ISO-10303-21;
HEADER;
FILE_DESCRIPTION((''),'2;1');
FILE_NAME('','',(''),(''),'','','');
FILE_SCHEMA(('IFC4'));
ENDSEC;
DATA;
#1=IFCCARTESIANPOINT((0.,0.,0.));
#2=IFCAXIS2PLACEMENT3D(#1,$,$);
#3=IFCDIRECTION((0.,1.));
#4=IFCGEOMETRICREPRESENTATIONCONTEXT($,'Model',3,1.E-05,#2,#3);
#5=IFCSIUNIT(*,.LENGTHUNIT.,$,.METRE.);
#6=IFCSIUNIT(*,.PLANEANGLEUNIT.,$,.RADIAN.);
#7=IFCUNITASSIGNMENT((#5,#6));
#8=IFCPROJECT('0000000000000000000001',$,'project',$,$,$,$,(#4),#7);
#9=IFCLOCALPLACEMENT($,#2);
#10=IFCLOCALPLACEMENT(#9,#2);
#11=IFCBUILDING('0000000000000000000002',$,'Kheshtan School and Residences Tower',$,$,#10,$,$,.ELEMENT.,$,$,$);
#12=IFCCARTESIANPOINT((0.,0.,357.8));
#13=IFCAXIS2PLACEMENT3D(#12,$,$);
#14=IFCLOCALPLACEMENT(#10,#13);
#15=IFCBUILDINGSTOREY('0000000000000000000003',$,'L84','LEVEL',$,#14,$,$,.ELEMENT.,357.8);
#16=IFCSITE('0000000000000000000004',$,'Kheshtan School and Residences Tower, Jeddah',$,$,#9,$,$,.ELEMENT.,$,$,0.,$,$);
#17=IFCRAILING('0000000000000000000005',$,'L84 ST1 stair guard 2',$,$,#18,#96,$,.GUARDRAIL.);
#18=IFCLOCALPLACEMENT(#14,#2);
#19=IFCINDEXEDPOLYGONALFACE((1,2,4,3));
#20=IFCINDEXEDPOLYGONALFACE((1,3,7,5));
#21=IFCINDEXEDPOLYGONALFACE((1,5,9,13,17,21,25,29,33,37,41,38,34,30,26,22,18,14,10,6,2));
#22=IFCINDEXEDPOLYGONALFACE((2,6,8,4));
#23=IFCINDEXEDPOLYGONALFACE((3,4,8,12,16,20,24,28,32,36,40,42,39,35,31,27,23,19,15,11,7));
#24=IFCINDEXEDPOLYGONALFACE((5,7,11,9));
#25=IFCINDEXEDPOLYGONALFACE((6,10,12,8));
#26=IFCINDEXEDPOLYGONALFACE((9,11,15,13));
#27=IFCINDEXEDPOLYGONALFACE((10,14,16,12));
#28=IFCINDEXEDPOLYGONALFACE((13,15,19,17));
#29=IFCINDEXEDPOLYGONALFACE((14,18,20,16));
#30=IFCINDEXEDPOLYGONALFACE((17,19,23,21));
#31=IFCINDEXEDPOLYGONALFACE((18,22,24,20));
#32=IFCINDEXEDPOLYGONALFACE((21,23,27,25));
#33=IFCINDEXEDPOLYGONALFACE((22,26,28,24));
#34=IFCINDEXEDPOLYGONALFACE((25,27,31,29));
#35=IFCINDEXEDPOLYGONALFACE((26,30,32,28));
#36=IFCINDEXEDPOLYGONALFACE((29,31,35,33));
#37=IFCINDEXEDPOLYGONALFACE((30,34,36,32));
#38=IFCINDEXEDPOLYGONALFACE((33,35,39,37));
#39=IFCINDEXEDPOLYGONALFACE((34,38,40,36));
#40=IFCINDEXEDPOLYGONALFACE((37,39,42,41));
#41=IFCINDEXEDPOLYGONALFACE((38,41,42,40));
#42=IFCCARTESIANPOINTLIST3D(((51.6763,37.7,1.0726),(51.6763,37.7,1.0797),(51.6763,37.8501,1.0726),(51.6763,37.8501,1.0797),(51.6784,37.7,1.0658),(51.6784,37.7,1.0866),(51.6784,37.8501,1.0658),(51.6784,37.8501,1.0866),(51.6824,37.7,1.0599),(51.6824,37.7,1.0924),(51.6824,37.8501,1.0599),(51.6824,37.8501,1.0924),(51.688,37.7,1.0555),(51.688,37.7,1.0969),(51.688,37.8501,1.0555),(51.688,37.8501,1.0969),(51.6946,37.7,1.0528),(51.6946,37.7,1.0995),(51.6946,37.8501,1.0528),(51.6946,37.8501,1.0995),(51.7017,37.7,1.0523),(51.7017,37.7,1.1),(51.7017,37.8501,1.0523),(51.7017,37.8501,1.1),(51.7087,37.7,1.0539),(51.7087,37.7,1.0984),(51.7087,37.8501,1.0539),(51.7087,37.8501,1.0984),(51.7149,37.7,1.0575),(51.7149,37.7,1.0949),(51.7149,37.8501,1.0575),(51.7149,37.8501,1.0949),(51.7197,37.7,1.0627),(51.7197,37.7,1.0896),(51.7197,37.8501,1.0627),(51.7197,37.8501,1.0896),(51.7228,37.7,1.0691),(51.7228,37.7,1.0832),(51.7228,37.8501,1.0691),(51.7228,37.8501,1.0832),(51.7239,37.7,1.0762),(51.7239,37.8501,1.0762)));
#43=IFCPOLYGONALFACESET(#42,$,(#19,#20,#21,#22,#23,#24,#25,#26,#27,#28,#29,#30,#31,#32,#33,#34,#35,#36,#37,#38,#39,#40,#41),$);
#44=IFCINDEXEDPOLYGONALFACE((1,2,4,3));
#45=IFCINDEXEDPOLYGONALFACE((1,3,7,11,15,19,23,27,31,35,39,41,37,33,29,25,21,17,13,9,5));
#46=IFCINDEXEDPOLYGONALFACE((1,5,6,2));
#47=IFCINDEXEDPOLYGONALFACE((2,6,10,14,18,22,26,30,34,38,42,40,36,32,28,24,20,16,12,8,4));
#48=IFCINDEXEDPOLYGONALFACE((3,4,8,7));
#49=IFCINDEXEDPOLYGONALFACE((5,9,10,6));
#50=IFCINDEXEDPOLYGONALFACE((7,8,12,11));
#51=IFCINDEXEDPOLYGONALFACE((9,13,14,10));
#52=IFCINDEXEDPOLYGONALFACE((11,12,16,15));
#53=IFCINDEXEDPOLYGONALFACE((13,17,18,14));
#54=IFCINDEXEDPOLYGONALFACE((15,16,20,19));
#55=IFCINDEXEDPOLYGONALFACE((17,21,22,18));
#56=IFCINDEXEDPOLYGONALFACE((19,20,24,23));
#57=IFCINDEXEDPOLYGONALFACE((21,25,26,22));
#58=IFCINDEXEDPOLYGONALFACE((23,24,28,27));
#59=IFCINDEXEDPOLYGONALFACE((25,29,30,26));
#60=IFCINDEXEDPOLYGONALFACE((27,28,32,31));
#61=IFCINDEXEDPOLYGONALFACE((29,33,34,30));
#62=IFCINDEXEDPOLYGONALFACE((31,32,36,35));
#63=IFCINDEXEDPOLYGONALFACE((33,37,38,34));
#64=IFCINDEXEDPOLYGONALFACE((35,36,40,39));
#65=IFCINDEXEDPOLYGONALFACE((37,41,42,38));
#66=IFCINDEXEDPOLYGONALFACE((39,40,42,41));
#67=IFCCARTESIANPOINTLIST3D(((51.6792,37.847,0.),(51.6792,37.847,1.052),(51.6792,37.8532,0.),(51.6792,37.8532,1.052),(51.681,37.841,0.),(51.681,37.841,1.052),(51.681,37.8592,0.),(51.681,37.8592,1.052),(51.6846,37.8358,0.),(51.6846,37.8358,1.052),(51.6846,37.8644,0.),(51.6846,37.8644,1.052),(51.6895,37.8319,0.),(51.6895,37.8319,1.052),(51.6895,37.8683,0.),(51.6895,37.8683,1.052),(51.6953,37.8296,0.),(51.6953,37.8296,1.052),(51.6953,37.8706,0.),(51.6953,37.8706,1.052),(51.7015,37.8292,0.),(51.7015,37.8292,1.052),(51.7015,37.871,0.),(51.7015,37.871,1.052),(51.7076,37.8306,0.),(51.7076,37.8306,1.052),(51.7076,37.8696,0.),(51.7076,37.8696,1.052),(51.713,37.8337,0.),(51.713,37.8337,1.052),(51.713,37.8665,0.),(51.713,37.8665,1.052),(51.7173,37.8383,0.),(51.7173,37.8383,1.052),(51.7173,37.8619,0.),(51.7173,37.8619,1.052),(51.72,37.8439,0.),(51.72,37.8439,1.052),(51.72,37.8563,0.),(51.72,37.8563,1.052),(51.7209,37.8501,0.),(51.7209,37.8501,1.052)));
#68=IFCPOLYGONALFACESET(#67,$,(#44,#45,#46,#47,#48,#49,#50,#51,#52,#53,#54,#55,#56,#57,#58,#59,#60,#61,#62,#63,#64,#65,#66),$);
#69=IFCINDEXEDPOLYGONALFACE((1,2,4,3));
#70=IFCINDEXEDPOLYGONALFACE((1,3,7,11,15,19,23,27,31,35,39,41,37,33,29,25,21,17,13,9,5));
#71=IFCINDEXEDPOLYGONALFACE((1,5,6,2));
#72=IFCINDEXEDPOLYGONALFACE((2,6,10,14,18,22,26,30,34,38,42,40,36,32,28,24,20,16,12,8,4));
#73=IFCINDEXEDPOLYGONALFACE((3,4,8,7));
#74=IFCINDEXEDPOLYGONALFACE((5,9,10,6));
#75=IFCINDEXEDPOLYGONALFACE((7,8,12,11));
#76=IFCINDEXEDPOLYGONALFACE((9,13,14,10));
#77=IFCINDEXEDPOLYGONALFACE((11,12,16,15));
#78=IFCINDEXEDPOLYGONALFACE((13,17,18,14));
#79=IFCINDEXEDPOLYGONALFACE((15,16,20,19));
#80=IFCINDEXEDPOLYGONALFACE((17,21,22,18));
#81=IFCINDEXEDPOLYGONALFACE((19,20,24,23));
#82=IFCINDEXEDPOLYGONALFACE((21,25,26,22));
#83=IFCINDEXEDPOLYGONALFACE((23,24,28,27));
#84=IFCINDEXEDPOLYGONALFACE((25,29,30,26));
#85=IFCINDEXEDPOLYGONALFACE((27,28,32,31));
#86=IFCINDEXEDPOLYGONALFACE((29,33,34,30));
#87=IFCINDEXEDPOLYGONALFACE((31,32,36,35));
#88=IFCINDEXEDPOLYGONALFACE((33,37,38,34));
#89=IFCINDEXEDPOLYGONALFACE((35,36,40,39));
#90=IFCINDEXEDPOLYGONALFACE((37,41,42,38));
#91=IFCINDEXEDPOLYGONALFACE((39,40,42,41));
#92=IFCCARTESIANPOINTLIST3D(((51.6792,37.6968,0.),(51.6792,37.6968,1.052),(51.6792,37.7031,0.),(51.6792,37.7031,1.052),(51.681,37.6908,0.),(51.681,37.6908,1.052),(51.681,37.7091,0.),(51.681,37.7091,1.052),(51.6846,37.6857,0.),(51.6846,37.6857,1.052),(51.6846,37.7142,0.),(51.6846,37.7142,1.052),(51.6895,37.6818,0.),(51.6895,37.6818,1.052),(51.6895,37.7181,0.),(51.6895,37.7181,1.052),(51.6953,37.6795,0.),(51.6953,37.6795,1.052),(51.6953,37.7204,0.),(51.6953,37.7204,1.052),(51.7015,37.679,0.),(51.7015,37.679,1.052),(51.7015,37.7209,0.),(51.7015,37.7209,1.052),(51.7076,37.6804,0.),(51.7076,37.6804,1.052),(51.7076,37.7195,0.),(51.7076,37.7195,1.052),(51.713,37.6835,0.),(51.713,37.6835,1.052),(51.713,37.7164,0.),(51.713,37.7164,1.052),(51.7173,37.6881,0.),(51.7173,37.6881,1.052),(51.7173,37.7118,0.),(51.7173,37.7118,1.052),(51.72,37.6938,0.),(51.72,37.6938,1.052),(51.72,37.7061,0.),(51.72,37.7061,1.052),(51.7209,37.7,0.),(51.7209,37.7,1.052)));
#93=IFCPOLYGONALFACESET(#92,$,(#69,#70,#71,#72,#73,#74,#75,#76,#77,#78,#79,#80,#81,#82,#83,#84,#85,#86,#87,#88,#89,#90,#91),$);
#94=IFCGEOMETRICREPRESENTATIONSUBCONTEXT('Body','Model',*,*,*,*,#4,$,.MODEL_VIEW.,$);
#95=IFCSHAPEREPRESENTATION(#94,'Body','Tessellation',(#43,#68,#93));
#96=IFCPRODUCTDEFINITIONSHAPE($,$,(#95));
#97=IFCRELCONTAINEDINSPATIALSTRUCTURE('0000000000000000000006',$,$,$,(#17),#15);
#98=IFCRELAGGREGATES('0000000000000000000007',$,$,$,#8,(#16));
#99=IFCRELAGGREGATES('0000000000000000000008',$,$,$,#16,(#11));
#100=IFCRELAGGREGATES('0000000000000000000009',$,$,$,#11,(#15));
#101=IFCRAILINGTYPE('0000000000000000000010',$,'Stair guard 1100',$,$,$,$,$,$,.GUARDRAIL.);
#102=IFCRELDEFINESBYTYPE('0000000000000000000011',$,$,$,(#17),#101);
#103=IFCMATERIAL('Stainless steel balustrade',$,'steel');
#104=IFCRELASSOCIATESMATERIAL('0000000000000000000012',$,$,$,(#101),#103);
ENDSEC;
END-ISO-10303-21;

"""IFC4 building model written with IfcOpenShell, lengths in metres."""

from ifc_helpers import new_model, si_unit, direction, frame, origin, origin_2d, place, context, subcontext, project, spatial, circle, extrude, material, type_object, element, save


model = new_model("IFC4")

# Units and contexts
model_context = context("Model", 3, precision=1e-05, world=origin(), true_north=direction((0.0, 1.0)))
body_context = subcontext(model_context, "Body", "Model", "MODEL_VIEW")
ifc_project = project(units=[si_unit("LENGTHUNIT", "METRE"), si_unit("PLANEANGLEUNIT", "RADIAN")], contexts=[model_context])

# Site, building, storey
site_placement = place(None, origin())
site = spatial("IfcSite", under=ifc_project, at=site_placement, Name="Kheshtan School and Residences Tower, Jeddah", CompositionType="ELEMENT", RefElevation=0.0)
building_placement = place(site_placement, origin())
building = spatial("IfcBuilding", under=site, at=building_placement, Name="Kheshtan School and Residences Tower", CompositionType="ELEMENT")
storey_placement = place(building_placement, frame((0.0, 0.0, 357.8)))
storey = spatial("IfcBuildingStorey", under=building, at=storey_placement, Name="L84", Description="LEVEL", CompositionType="ELEMENT", Elevation=357.8)

# Railing
ifc_material_1 = material(Name="Stainless steel balustrade", Category="steel")
railing_type_1 = type_object("IfcRailingType", Name="Stair guard 1100", PredefinedType="GUARDRAIL", material=ifc_material_1)
railing_1_placement = place(storey_placement, frame((51.7, 37.8501, 0.0)))
element("IfcRailing", 1, at=railing_1_placement, inside=storey, type_object=railing_type_1, Name="L84 ST1 stair guard 2", PredefinedType="GUARDRAIL", context=body_context, shape_type="SweptSolid", body=[
    extrude(circle(Radius=0.0239, at=origin_2d()), frame((0.0, 0.0, 1.0762), z_axis=(0.0, -1.0, 0.0), x_axis=(1.0, 0.0, 0.0)), (0.0, 0.0, 1.0), 0.1501),
    extrude(circle(Radius=0.021, at=origin_2d()), origin(), (0.0, 0.0, 1.0), 1.052),
    extrude(circle(Radius=0.021, at=origin_2d()), frame((0.0, -0.1501, 0.0)), (0.0, 0.0, 1.0), 1.052),
])

save(model, "model.ifc")
